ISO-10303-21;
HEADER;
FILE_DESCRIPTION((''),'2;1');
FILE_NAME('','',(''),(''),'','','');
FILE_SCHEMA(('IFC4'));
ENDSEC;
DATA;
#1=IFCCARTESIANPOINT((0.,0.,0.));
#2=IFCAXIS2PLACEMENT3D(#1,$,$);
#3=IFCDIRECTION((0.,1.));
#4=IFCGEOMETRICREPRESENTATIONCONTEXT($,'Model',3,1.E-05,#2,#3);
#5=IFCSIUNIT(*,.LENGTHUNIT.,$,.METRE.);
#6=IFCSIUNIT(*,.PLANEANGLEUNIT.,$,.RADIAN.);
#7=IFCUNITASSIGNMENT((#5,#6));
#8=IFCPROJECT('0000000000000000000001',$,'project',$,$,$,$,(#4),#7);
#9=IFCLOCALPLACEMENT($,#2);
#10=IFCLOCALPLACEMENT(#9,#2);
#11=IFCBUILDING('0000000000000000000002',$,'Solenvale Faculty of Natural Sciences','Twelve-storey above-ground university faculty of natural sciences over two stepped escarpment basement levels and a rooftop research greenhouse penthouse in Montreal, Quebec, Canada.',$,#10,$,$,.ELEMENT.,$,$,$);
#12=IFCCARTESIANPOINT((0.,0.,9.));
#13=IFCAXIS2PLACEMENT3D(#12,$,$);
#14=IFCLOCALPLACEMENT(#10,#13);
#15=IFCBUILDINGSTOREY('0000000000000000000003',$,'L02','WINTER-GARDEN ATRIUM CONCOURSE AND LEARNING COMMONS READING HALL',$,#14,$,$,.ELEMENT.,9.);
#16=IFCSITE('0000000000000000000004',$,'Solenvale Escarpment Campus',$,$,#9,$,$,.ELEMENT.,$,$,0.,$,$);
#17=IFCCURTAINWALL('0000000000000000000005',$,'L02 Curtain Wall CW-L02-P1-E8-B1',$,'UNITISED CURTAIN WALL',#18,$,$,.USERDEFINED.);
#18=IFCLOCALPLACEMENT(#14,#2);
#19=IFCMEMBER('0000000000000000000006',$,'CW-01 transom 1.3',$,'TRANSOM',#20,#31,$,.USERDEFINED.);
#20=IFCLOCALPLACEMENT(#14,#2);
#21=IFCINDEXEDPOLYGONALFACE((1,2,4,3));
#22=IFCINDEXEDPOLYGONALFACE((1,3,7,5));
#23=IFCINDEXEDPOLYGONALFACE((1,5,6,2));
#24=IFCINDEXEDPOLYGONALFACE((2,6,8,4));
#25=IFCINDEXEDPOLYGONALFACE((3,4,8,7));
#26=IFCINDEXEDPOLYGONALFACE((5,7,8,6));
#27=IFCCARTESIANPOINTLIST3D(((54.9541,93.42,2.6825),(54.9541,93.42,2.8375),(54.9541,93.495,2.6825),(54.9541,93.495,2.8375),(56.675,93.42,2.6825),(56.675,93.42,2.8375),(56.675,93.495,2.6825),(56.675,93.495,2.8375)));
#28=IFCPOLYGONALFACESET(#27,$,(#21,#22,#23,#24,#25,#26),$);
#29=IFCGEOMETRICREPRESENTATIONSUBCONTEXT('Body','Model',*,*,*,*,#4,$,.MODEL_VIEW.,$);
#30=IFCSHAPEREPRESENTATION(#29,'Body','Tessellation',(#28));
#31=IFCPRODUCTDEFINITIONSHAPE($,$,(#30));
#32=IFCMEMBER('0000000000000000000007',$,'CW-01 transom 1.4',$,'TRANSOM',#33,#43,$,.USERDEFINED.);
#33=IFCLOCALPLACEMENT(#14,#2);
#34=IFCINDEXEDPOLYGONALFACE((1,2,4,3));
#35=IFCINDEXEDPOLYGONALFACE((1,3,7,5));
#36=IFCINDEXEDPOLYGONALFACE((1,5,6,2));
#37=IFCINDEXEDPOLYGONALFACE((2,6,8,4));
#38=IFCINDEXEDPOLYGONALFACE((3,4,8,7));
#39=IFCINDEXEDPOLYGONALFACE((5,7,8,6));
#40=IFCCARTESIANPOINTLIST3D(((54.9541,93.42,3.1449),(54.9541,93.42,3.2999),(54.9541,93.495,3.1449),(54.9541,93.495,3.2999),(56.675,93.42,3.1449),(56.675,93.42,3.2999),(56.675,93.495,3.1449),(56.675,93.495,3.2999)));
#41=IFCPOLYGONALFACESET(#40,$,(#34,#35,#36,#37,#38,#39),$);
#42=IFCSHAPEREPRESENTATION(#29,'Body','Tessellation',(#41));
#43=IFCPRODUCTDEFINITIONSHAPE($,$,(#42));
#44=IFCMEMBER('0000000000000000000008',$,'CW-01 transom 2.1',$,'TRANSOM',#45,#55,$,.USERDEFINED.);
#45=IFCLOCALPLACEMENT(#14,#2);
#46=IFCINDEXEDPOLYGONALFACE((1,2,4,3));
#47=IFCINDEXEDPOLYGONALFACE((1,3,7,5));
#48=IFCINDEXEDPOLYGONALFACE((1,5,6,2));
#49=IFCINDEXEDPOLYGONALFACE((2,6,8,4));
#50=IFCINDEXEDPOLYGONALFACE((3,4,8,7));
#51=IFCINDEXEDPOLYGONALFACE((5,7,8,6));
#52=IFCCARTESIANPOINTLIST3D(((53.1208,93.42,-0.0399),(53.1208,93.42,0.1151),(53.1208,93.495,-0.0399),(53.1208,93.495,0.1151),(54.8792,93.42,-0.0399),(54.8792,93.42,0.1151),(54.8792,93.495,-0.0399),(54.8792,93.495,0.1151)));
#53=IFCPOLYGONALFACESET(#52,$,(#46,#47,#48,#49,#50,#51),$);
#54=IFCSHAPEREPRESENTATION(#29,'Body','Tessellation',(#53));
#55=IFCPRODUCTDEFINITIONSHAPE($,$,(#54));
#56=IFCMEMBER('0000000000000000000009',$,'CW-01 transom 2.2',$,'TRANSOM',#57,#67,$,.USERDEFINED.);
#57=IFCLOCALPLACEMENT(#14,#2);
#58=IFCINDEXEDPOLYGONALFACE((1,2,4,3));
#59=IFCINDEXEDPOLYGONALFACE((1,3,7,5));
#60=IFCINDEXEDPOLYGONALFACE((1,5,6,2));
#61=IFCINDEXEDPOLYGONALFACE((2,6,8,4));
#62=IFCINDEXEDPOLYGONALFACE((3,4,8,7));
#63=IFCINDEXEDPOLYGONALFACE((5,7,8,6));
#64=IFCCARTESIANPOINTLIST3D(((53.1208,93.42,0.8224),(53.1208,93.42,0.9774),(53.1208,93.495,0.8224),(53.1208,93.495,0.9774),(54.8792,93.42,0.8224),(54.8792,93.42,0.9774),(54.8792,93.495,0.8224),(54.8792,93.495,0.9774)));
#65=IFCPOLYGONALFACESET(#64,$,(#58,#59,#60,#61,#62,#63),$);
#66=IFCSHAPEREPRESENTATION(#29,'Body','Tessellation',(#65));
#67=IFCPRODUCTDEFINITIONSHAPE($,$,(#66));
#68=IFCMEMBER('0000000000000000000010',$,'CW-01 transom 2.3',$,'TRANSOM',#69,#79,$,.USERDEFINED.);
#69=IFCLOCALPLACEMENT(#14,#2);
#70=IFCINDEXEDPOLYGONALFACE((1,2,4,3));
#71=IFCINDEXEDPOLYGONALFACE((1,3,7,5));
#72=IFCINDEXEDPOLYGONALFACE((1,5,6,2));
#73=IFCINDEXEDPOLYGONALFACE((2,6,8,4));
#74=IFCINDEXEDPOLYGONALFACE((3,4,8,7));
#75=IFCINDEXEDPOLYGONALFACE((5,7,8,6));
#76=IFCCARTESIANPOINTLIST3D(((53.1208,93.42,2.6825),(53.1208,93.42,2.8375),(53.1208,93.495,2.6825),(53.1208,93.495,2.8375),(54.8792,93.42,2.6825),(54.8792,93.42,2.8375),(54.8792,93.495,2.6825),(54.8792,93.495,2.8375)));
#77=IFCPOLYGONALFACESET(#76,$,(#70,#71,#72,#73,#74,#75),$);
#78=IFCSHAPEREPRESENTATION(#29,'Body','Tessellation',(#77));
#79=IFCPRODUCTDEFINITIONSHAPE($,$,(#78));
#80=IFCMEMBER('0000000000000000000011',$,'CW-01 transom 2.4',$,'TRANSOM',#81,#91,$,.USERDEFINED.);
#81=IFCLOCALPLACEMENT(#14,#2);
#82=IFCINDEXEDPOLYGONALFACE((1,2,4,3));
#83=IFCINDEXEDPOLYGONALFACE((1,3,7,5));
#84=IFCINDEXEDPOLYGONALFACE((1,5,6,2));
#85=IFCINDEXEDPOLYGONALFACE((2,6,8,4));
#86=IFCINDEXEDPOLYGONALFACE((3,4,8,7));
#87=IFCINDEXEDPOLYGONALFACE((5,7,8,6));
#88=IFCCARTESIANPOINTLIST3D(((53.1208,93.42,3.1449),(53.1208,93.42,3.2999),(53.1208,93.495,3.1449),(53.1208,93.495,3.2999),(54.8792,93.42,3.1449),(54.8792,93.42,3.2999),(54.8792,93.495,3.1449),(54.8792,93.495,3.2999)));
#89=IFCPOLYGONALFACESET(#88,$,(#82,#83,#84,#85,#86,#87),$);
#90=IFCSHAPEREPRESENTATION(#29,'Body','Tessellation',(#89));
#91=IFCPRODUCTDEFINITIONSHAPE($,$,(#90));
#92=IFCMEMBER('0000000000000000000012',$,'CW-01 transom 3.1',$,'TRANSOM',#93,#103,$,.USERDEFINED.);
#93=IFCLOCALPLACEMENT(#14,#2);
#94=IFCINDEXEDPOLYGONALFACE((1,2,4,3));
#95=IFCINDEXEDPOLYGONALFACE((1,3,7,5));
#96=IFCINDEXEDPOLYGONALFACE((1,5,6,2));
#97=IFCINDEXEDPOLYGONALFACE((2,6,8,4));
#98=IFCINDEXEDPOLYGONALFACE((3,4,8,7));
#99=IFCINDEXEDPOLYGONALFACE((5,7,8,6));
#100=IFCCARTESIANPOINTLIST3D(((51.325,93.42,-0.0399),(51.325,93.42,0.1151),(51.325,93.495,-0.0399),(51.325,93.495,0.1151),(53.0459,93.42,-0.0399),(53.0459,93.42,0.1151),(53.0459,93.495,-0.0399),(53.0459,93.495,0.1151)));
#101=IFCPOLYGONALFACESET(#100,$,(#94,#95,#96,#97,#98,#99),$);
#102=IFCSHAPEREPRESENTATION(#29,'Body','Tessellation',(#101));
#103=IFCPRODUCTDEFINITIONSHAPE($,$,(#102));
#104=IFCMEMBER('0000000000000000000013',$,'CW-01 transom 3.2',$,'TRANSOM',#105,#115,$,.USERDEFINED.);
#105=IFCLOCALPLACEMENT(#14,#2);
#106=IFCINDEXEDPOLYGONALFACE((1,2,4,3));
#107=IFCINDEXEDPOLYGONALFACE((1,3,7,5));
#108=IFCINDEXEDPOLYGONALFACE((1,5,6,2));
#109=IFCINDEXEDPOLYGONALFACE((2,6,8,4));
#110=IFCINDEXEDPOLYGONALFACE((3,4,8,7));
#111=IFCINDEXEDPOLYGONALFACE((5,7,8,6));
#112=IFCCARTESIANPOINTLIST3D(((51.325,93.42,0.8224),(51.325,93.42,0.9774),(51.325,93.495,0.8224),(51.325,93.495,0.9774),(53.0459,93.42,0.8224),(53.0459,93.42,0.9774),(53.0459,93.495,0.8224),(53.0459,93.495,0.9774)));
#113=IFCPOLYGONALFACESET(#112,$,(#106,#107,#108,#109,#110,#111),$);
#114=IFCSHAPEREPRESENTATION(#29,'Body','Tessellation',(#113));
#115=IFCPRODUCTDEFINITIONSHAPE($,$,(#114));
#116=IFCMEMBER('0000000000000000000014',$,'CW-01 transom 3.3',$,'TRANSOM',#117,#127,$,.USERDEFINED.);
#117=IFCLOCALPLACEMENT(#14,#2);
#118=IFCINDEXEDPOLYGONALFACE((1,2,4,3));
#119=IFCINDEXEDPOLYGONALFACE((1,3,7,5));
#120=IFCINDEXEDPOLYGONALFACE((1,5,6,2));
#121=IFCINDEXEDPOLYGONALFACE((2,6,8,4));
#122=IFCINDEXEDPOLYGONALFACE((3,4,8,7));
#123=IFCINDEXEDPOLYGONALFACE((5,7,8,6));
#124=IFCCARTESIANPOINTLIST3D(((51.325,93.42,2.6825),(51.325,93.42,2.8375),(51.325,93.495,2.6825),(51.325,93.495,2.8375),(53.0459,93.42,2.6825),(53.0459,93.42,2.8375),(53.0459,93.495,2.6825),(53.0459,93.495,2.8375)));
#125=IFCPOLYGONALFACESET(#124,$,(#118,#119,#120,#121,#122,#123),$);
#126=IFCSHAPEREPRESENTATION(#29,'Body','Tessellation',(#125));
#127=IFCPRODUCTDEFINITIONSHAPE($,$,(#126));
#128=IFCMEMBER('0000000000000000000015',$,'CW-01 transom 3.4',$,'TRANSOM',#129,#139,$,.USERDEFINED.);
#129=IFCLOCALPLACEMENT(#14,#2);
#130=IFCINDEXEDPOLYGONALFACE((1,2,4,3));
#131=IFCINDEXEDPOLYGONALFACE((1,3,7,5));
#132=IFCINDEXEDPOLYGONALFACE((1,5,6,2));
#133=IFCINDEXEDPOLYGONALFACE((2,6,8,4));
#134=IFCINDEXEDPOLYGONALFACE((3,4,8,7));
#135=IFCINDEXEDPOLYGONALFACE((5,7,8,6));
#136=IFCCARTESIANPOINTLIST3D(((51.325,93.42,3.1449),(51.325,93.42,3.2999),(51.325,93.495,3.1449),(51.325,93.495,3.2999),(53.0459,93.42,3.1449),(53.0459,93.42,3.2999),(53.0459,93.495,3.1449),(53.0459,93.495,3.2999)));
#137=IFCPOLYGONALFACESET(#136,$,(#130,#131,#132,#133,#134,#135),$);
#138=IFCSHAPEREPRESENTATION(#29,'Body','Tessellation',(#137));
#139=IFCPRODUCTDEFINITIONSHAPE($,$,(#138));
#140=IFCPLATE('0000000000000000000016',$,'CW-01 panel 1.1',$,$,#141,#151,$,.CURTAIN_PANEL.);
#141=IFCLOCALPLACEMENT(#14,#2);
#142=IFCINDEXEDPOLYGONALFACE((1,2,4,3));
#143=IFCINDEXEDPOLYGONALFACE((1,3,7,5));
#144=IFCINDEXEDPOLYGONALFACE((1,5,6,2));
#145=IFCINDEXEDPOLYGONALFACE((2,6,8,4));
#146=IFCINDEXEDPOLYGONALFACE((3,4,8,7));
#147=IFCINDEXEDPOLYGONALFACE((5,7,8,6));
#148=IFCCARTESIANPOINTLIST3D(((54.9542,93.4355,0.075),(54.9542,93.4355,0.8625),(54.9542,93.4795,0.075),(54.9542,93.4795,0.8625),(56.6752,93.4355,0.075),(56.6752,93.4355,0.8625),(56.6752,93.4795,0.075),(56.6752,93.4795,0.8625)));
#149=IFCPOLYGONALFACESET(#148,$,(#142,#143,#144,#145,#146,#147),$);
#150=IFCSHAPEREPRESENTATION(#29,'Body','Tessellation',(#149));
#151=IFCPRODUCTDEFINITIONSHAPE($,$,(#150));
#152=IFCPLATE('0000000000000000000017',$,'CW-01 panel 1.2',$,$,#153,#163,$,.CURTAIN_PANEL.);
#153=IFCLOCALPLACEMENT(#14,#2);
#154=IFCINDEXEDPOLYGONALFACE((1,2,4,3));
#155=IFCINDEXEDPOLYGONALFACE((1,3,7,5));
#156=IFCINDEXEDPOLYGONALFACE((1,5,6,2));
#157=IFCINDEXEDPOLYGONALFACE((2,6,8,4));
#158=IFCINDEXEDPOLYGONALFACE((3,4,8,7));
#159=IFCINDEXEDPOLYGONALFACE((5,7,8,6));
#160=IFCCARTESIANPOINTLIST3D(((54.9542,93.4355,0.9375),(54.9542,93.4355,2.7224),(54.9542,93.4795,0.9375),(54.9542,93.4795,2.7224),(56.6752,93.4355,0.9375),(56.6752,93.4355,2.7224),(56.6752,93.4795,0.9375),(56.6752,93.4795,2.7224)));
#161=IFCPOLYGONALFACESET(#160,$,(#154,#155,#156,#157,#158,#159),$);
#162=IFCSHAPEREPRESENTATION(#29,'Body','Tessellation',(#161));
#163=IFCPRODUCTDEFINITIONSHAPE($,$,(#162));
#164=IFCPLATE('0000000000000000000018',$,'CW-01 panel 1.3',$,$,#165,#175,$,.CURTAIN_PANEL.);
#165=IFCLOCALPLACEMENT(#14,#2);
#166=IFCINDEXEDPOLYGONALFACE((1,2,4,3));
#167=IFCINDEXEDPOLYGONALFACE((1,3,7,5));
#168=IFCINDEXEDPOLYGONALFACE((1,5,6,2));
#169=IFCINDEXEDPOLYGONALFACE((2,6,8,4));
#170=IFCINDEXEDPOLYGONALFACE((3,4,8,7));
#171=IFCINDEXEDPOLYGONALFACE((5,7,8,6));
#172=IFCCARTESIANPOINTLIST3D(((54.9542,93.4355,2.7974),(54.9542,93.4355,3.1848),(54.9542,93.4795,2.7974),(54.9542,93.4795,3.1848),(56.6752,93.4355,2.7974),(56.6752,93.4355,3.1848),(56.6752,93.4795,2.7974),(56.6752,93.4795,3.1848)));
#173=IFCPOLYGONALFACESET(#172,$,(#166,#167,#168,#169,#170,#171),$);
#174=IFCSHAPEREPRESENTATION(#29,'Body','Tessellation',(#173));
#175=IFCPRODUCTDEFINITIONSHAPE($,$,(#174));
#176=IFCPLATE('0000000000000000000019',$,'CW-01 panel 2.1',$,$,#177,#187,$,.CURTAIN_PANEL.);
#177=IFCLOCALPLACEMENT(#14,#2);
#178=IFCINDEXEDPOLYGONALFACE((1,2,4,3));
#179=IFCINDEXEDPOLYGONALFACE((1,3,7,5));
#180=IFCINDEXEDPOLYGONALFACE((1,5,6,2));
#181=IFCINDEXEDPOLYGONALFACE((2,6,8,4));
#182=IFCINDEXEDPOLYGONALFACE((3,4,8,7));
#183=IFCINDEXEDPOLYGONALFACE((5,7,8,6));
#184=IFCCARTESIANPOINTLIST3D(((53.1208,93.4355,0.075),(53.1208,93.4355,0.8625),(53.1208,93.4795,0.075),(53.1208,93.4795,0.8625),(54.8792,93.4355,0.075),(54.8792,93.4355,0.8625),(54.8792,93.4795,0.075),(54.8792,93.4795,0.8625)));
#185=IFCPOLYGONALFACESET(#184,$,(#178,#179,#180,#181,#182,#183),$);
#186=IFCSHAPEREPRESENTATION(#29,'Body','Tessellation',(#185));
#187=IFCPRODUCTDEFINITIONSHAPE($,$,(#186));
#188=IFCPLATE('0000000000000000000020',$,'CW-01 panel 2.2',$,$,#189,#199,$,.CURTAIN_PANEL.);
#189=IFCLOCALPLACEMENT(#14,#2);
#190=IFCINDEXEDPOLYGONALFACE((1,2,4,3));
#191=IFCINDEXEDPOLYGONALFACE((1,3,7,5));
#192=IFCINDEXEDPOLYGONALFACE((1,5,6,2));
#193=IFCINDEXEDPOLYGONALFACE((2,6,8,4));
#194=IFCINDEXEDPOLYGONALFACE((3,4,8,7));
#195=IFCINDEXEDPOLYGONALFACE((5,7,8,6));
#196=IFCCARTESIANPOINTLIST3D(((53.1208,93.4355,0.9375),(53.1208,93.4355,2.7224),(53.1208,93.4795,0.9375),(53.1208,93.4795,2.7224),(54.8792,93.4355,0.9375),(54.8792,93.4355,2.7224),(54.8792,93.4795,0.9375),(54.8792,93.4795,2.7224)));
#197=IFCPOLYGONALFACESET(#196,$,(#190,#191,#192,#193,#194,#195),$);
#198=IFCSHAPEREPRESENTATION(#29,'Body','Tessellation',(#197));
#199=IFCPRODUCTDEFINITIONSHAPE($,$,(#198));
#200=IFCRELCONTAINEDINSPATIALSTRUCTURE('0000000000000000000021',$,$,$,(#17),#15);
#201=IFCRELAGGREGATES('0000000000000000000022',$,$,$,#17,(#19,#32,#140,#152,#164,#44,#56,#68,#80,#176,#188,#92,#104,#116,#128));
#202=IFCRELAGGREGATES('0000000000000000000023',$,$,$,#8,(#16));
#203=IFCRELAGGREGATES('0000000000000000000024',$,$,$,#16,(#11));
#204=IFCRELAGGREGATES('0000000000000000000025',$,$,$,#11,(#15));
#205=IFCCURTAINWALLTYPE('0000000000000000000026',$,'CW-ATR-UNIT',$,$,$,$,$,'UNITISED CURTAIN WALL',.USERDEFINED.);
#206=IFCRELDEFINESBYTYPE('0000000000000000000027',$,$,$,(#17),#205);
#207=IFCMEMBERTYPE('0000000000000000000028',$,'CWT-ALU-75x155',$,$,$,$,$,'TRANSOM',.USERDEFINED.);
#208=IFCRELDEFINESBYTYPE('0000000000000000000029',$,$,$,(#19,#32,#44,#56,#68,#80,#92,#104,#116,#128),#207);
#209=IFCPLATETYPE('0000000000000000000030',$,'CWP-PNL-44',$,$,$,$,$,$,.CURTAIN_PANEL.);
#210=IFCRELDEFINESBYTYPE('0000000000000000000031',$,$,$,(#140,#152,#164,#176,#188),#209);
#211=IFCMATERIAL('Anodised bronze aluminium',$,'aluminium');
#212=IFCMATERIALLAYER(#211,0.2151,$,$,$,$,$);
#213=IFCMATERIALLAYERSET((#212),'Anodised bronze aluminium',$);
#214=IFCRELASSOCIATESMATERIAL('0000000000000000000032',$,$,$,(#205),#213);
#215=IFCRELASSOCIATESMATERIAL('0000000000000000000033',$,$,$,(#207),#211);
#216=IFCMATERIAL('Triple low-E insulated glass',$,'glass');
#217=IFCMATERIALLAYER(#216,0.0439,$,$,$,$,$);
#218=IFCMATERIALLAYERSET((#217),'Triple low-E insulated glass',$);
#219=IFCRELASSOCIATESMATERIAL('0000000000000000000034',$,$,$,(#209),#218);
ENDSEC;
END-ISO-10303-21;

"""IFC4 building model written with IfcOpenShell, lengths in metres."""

from ifc_helpers import new_model, si_unit, direction, frame, origin, origin_2d, place, context, subcontext, project, spatial, rectangle, extrude, material, layer, layer_set, material_profile, profile_set, type_object, element, aggregate, save


model = new_model("IFC4")

# Units and contexts
model_context = context("Model", 3, precision=1e-05, world=origin(), true_north=direction((0.0, 1.0)))
body_context = subcontext(model_context, "Body", "Model", "MODEL_VIEW")
ifc_project = project(units=[si_unit("LENGTHUNIT", "METRE"), si_unit("PLANEANGLEUNIT", "RADIAN")], contexts=[model_context])

# Site, building, storey
site_placement = place(None, origin())
site = spatial("IfcSite", under=ifc_project, at=site_placement, Name="Solenvale Escarpment Campus", CompositionType="ELEMENT", RefElevation=0.0)
building_placement = place(site_placement, origin())
building = spatial("IfcBuilding", under=site, at=building_placement, Name="Solenvale Faculty of Natural Sciences", Description="Twelve-storey above-ground university faculty of natural sciences over two stepped escarpment basement levels and a rooftop research greenhouse penthouse in Montreal, Quebec, Canada.", CompositionType="ELEMENT")
storey_placement = place(building_placement, frame((0.0, 0.0, 9.0)))
storey = spatial("IfcBuildingStorey", under=building, at=storey_placement, Name="L02", Description="WINTER-GARDEN ATRIUM CONCOURSE AND LEARNING COMMONS READING HALL", CompositionType="ELEMENT", Elevation=9.0)

# Curtain wall, members, plates
ifc_material_1 = material(Name="Anodised bronze aluminium", Category="aluminium")
ifc_layer_1 = layer(ifc_material_1, 0.2151)
ifc_layer_set_1 = layer_set([ifc_layer_1], Name="Anodised bronze aluminium")
curtain_wall_type = type_object("IfcCurtainWallType", Name="CW-ATR-UNIT", ElementType="UNITISED CURTAIN WALL", PredefinedType="USERDEFINED", material=ifc_layer_set_1)
curtain_wall_placement = place(storey_placement, origin())
curtain_wall = element("IfcCurtainWall", 1, at=curtain_wall_placement, inside=storey, type_object=curtain_wall_type, Name="L02 Curtain Wall CW-L02-P1-E8-B1", ObjectType="UNITISED CURTAIN WALL", PredefinedType="USERDEFINED")
ifc_material_profile_1 = material_profile(ifc_material_1, rectangle(XDim=0.075, YDim=0.155, at=origin_2d()), Name="ALU-TRN-75x155")
ifc_profile_set_1 = profile_set([ifc_material_profile_1], Name="Anodised bronze aluminium")
member_type_1 = type_object("IfcMemberType", Name="CWT-ALU-75x155", ElementType="TRANSOM", PredefinedType="USERDEFINED", material=ifc_profile_set_1)
member_1_placement = place(storey_placement, frame((56.675, 93.4575, 2.76), z_axis=(-1.0, 0.0, 0.0), x_axis=(0.0, -1.0, 0.0)))
member_1 = element("IfcMember", 2, at=member_1_placement, type_object=member_type_1, Name="CW-01 transom 1.3", ObjectType="TRANSOM", PredefinedType="USERDEFINED", context=body_context, shape_type="SweptSolid", body=[
    extrude(rectangle(XDim=0.075, YDim=0.155, at=origin_2d()), origin(), (0.0, 0.0, 1.0), 1.7209),
])
member_2_placement = place(storey_placement, frame((56.675, 93.4575, 3.2224), z_axis=(-1.0, 0.0, 0.0), x_axis=(0.0, -1.0, 0.0)))
member_2 = element("IfcMember", 3, at=member_2_placement, type_object=member_type_1, Name="CW-01 transom 1.4", ObjectType="TRANSOM", PredefinedType="USERDEFINED", context=body_context, shape_type="SweptSolid", body=[
    extrude(rectangle(XDim=0.075, YDim=0.155, at=origin_2d()), origin(), (0.0, 0.0, 1.0), 1.7209),
])
member_3_placement = place(storey_placement, frame((54.8792, 93.4575, 0.0376), z_axis=(-1.0, 0.0, 0.0), x_axis=(0.0, -1.0, 0.0)))
member_3 = element("IfcMember", 4, at=member_3_placement, type_object=member_type_1, Name="CW-01 transom 2.1", ObjectType="TRANSOM", PredefinedType="USERDEFINED", context=body_context, shape_type="SweptSolid", body=[
    extrude(rectangle(XDim=0.075, YDim=0.155, at=origin_2d()), origin(), (0.0, 0.0, 1.0), 1.7583),
])
member_4_placement = place(storey_placement, frame((54.8792, 93.4575, 0.8999), z_axis=(-1.0, 0.0, 0.0), x_axis=(0.0, -1.0, 0.0)))
member_4 = element("IfcMember", 5, at=member_4_placement, type_object=member_type_1, Name="CW-01 transom 2.2", ObjectType="TRANSOM", PredefinedType="USERDEFINED", context=body_context, shape_type="SweptSolid", body=[
    extrude(rectangle(XDim=0.075, YDim=0.155, at=origin_2d()), origin(), (0.0, 0.0, 1.0), 1.7583),
])
member_5_placement = place(storey_placement, frame((54.8792, 93.4575, 2.76), z_axis=(-1.0, 0.0, 0.0), x_axis=(0.0, -1.0, 0.0)))
member_5 = element("IfcMember", 6, at=member_5_placement, type_object=member_type_1, Name="CW-01 transom 2.3", ObjectType="TRANSOM", PredefinedType="USERDEFINED", context=body_context, shape_type="SweptSolid", body=[
    extrude(rectangle(XDim=0.075, YDim=0.155, at=origin_2d()), origin(), (0.0, 0.0, 1.0), 1.7583),
])
member_6_placement = place(storey_placement, frame((54.8792, 93.4575, 3.2224), z_axis=(-1.0, 0.0, 0.0), x_axis=(0.0, -1.0, 0.0)))
member_6 = element("IfcMember", 7, at=member_6_placement, type_object=member_type_1, Name="CW-01 transom 2.4", ObjectType="TRANSOM", PredefinedType="USERDEFINED", context=body_context, shape_type="SweptSolid", body=[
    extrude(rectangle(XDim=0.075, YDim=0.155, at=origin_2d()), origin(), (0.0, 0.0, 1.0), 1.7583),
])
member_7_placement = place(storey_placement, frame((53.0459, 93.4575, 0.0376), z_axis=(-1.0, 0.0, 0.0), x_axis=(0.0, -1.0, 0.0)))
member_7 = element("IfcMember", 8, at=member_7_placement, type_object=member_type_1, Name="CW-01 transom 3.1", ObjectType="TRANSOM", PredefinedType="USERDEFINED", context=body_context, shape_type="SweptSolid", body=[
    extrude(rectangle(XDim=0.075, YDim=0.155, at=origin_2d()), origin(), (0.0, 0.0, 1.0), 1.7209),
])
member_8_placement = place(storey_placement, frame((53.0459, 93.4575, 0.8999), z_axis=(-1.0, 0.0, 0.0), x_axis=(0.0, -1.0, 0.0)))
member_8 = element("IfcMember", 9, at=member_8_placement, type_object=member_type_1, Name="CW-01 transom 3.2", ObjectType="TRANSOM", PredefinedType="USERDEFINED", context=body_context, shape_type="SweptSolid", body=[
    extrude(rectangle(XDim=0.075, YDim=0.155, at=origin_2d()), origin(), (0.0, 0.0, 1.0), 1.7209),
])
member_9_placement = place(storey_placement, frame((53.0459, 93.4575, 2.76), z_axis=(-1.0, 0.0, 0.0), x_axis=(0.0, -1.0, 0.0)))
member_9 = element("IfcMember", 10, at=member_9_placement, type_object=member_type_1, Name="CW-01 transom 3.3", ObjectType="TRANSOM", PredefinedType="USERDEFINED", context=body_context, shape_type="SweptSolid", body=[
    extrude(rectangle(XDim=0.075, YDim=0.155, at=origin_2d()), origin(), (0.0, 0.0, 1.0), 1.7209),
])
member_10_placement = place(storey_placement, frame((53.0459, 93.4575, 3.2224), z_axis=(-1.0, 0.0, 0.0), x_axis=(0.0, -1.0, 0.0)))
member_10 = element("IfcMember", 11, at=member_10_placement, type_object=member_type_1, Name="CW-01 transom 3.4", ObjectType="TRANSOM", PredefinedType="USERDEFINED", context=body_context, shape_type="SweptSolid", body=[
    extrude(rectangle(XDim=0.075, YDim=0.155, at=origin_2d()), origin(), (0.0, 0.0, 1.0), 1.7209),
])
ifc_material_2 = material(Name="Triple low-E insulated glass", Category="glass")
ifc_layer_2 = layer(ifc_material_2, 0.0439)
ifc_layer_set_2 = layer_set([ifc_layer_2], Name="Triple low-E insulated glass")
plate_type = type_object("IfcPlateType", Name="CWP-PNL-44", PredefinedType="CURTAIN_PANEL", material=ifc_layer_set_2)
plate_1_placement = place(storey_placement, frame((55.8147, 93.4575, 0.075), z_axis=(0.0, 0.0, 1.0), x_axis=(-1.0, 0.0, 0.0)))
plate_1 = element("IfcPlate", 12, at=plate_1_placement, type_object=plate_type, Name="CW-01 panel 1.1", PredefinedType="CURTAIN_PANEL", context=body_context, shape_type="SweptSolid", body=[
    extrude(rectangle(XDim=1.7209, YDim=0.0439, at=origin_2d()), origin(), (0.0, 0.0, 1.0), 0.7876),
])
plate_2_placement = place(storey_placement, frame((55.8147, 93.4575, 0.9375), z_axis=(0.0, 0.0, 1.0), x_axis=(-1.0, 0.0, 0.0)))
plate_2 = element("IfcPlate", 13, at=plate_2_placement, type_object=plate_type, Name="CW-01 panel 1.2", PredefinedType="CURTAIN_PANEL", context=body_context, shape_type="SweptSolid", body=[
    extrude(rectangle(XDim=1.7209, YDim=0.0439, at=origin_2d()), origin(), (0.0, 0.0, 1.0), 1.7849),
])
plate_3_placement = place(storey_placement, frame((55.8147, 93.4575, 2.7974), z_axis=(0.0, 0.0, 1.0), x_axis=(-1.0, 0.0, 0.0)))
plate_3 = element("IfcPlate", 14, at=plate_3_placement, type_object=plate_type, Name="CW-01 panel 1.3", PredefinedType="CURTAIN_PANEL", context=body_context, shape_type="SweptSolid", body=[
    extrude(rectangle(XDim=1.7209, YDim=0.0439, at=origin_2d()), origin(), (0.0, 0.0, 1.0), 0.3875),
])
plate_4_placement = place(storey_placement, frame((54.0, 93.4575, 0.075), z_axis=(0.0, 0.0, 1.0), x_axis=(-1.0, 0.0, 0.0)))
plate_4 = element("IfcPlate", 15, at=plate_4_placement, type_object=plate_type, Name="CW-01 panel 2.1", PredefinedType="CURTAIN_PANEL", context=body_context, shape_type="SweptSolid", body=[
    extrude(rectangle(XDim=1.7583, YDim=0.0439, at=origin_2d()), origin(), (0.0, 0.0, 1.0), 0.7876),
])
plate_5_placement = place(storey_placement, frame((54.0, 93.4575, 0.9375), z_axis=(0.0, 0.0, 1.0), x_axis=(-1.0, 0.0, 0.0)))
plate_5 = element("IfcPlate", 16, at=plate_5_placement, type_object=plate_type, Name="CW-01 panel 2.2", PredefinedType="CURTAIN_PANEL", context=body_context, shape_type="SweptSolid", body=[
    extrude(rectangle(XDim=1.7583, YDim=0.0439, at=origin_2d()), origin(), (0.0, 0.0, 1.0), 1.7849),
])
aggregate(curtain_wall, [member_1, member_2, plate_1, plate_2, plate_3, member_3, member_4, member_5, member_6, plate_4, plate_5, member_7, member_8, member_9, member_10])

save(model, "model.ifc")
